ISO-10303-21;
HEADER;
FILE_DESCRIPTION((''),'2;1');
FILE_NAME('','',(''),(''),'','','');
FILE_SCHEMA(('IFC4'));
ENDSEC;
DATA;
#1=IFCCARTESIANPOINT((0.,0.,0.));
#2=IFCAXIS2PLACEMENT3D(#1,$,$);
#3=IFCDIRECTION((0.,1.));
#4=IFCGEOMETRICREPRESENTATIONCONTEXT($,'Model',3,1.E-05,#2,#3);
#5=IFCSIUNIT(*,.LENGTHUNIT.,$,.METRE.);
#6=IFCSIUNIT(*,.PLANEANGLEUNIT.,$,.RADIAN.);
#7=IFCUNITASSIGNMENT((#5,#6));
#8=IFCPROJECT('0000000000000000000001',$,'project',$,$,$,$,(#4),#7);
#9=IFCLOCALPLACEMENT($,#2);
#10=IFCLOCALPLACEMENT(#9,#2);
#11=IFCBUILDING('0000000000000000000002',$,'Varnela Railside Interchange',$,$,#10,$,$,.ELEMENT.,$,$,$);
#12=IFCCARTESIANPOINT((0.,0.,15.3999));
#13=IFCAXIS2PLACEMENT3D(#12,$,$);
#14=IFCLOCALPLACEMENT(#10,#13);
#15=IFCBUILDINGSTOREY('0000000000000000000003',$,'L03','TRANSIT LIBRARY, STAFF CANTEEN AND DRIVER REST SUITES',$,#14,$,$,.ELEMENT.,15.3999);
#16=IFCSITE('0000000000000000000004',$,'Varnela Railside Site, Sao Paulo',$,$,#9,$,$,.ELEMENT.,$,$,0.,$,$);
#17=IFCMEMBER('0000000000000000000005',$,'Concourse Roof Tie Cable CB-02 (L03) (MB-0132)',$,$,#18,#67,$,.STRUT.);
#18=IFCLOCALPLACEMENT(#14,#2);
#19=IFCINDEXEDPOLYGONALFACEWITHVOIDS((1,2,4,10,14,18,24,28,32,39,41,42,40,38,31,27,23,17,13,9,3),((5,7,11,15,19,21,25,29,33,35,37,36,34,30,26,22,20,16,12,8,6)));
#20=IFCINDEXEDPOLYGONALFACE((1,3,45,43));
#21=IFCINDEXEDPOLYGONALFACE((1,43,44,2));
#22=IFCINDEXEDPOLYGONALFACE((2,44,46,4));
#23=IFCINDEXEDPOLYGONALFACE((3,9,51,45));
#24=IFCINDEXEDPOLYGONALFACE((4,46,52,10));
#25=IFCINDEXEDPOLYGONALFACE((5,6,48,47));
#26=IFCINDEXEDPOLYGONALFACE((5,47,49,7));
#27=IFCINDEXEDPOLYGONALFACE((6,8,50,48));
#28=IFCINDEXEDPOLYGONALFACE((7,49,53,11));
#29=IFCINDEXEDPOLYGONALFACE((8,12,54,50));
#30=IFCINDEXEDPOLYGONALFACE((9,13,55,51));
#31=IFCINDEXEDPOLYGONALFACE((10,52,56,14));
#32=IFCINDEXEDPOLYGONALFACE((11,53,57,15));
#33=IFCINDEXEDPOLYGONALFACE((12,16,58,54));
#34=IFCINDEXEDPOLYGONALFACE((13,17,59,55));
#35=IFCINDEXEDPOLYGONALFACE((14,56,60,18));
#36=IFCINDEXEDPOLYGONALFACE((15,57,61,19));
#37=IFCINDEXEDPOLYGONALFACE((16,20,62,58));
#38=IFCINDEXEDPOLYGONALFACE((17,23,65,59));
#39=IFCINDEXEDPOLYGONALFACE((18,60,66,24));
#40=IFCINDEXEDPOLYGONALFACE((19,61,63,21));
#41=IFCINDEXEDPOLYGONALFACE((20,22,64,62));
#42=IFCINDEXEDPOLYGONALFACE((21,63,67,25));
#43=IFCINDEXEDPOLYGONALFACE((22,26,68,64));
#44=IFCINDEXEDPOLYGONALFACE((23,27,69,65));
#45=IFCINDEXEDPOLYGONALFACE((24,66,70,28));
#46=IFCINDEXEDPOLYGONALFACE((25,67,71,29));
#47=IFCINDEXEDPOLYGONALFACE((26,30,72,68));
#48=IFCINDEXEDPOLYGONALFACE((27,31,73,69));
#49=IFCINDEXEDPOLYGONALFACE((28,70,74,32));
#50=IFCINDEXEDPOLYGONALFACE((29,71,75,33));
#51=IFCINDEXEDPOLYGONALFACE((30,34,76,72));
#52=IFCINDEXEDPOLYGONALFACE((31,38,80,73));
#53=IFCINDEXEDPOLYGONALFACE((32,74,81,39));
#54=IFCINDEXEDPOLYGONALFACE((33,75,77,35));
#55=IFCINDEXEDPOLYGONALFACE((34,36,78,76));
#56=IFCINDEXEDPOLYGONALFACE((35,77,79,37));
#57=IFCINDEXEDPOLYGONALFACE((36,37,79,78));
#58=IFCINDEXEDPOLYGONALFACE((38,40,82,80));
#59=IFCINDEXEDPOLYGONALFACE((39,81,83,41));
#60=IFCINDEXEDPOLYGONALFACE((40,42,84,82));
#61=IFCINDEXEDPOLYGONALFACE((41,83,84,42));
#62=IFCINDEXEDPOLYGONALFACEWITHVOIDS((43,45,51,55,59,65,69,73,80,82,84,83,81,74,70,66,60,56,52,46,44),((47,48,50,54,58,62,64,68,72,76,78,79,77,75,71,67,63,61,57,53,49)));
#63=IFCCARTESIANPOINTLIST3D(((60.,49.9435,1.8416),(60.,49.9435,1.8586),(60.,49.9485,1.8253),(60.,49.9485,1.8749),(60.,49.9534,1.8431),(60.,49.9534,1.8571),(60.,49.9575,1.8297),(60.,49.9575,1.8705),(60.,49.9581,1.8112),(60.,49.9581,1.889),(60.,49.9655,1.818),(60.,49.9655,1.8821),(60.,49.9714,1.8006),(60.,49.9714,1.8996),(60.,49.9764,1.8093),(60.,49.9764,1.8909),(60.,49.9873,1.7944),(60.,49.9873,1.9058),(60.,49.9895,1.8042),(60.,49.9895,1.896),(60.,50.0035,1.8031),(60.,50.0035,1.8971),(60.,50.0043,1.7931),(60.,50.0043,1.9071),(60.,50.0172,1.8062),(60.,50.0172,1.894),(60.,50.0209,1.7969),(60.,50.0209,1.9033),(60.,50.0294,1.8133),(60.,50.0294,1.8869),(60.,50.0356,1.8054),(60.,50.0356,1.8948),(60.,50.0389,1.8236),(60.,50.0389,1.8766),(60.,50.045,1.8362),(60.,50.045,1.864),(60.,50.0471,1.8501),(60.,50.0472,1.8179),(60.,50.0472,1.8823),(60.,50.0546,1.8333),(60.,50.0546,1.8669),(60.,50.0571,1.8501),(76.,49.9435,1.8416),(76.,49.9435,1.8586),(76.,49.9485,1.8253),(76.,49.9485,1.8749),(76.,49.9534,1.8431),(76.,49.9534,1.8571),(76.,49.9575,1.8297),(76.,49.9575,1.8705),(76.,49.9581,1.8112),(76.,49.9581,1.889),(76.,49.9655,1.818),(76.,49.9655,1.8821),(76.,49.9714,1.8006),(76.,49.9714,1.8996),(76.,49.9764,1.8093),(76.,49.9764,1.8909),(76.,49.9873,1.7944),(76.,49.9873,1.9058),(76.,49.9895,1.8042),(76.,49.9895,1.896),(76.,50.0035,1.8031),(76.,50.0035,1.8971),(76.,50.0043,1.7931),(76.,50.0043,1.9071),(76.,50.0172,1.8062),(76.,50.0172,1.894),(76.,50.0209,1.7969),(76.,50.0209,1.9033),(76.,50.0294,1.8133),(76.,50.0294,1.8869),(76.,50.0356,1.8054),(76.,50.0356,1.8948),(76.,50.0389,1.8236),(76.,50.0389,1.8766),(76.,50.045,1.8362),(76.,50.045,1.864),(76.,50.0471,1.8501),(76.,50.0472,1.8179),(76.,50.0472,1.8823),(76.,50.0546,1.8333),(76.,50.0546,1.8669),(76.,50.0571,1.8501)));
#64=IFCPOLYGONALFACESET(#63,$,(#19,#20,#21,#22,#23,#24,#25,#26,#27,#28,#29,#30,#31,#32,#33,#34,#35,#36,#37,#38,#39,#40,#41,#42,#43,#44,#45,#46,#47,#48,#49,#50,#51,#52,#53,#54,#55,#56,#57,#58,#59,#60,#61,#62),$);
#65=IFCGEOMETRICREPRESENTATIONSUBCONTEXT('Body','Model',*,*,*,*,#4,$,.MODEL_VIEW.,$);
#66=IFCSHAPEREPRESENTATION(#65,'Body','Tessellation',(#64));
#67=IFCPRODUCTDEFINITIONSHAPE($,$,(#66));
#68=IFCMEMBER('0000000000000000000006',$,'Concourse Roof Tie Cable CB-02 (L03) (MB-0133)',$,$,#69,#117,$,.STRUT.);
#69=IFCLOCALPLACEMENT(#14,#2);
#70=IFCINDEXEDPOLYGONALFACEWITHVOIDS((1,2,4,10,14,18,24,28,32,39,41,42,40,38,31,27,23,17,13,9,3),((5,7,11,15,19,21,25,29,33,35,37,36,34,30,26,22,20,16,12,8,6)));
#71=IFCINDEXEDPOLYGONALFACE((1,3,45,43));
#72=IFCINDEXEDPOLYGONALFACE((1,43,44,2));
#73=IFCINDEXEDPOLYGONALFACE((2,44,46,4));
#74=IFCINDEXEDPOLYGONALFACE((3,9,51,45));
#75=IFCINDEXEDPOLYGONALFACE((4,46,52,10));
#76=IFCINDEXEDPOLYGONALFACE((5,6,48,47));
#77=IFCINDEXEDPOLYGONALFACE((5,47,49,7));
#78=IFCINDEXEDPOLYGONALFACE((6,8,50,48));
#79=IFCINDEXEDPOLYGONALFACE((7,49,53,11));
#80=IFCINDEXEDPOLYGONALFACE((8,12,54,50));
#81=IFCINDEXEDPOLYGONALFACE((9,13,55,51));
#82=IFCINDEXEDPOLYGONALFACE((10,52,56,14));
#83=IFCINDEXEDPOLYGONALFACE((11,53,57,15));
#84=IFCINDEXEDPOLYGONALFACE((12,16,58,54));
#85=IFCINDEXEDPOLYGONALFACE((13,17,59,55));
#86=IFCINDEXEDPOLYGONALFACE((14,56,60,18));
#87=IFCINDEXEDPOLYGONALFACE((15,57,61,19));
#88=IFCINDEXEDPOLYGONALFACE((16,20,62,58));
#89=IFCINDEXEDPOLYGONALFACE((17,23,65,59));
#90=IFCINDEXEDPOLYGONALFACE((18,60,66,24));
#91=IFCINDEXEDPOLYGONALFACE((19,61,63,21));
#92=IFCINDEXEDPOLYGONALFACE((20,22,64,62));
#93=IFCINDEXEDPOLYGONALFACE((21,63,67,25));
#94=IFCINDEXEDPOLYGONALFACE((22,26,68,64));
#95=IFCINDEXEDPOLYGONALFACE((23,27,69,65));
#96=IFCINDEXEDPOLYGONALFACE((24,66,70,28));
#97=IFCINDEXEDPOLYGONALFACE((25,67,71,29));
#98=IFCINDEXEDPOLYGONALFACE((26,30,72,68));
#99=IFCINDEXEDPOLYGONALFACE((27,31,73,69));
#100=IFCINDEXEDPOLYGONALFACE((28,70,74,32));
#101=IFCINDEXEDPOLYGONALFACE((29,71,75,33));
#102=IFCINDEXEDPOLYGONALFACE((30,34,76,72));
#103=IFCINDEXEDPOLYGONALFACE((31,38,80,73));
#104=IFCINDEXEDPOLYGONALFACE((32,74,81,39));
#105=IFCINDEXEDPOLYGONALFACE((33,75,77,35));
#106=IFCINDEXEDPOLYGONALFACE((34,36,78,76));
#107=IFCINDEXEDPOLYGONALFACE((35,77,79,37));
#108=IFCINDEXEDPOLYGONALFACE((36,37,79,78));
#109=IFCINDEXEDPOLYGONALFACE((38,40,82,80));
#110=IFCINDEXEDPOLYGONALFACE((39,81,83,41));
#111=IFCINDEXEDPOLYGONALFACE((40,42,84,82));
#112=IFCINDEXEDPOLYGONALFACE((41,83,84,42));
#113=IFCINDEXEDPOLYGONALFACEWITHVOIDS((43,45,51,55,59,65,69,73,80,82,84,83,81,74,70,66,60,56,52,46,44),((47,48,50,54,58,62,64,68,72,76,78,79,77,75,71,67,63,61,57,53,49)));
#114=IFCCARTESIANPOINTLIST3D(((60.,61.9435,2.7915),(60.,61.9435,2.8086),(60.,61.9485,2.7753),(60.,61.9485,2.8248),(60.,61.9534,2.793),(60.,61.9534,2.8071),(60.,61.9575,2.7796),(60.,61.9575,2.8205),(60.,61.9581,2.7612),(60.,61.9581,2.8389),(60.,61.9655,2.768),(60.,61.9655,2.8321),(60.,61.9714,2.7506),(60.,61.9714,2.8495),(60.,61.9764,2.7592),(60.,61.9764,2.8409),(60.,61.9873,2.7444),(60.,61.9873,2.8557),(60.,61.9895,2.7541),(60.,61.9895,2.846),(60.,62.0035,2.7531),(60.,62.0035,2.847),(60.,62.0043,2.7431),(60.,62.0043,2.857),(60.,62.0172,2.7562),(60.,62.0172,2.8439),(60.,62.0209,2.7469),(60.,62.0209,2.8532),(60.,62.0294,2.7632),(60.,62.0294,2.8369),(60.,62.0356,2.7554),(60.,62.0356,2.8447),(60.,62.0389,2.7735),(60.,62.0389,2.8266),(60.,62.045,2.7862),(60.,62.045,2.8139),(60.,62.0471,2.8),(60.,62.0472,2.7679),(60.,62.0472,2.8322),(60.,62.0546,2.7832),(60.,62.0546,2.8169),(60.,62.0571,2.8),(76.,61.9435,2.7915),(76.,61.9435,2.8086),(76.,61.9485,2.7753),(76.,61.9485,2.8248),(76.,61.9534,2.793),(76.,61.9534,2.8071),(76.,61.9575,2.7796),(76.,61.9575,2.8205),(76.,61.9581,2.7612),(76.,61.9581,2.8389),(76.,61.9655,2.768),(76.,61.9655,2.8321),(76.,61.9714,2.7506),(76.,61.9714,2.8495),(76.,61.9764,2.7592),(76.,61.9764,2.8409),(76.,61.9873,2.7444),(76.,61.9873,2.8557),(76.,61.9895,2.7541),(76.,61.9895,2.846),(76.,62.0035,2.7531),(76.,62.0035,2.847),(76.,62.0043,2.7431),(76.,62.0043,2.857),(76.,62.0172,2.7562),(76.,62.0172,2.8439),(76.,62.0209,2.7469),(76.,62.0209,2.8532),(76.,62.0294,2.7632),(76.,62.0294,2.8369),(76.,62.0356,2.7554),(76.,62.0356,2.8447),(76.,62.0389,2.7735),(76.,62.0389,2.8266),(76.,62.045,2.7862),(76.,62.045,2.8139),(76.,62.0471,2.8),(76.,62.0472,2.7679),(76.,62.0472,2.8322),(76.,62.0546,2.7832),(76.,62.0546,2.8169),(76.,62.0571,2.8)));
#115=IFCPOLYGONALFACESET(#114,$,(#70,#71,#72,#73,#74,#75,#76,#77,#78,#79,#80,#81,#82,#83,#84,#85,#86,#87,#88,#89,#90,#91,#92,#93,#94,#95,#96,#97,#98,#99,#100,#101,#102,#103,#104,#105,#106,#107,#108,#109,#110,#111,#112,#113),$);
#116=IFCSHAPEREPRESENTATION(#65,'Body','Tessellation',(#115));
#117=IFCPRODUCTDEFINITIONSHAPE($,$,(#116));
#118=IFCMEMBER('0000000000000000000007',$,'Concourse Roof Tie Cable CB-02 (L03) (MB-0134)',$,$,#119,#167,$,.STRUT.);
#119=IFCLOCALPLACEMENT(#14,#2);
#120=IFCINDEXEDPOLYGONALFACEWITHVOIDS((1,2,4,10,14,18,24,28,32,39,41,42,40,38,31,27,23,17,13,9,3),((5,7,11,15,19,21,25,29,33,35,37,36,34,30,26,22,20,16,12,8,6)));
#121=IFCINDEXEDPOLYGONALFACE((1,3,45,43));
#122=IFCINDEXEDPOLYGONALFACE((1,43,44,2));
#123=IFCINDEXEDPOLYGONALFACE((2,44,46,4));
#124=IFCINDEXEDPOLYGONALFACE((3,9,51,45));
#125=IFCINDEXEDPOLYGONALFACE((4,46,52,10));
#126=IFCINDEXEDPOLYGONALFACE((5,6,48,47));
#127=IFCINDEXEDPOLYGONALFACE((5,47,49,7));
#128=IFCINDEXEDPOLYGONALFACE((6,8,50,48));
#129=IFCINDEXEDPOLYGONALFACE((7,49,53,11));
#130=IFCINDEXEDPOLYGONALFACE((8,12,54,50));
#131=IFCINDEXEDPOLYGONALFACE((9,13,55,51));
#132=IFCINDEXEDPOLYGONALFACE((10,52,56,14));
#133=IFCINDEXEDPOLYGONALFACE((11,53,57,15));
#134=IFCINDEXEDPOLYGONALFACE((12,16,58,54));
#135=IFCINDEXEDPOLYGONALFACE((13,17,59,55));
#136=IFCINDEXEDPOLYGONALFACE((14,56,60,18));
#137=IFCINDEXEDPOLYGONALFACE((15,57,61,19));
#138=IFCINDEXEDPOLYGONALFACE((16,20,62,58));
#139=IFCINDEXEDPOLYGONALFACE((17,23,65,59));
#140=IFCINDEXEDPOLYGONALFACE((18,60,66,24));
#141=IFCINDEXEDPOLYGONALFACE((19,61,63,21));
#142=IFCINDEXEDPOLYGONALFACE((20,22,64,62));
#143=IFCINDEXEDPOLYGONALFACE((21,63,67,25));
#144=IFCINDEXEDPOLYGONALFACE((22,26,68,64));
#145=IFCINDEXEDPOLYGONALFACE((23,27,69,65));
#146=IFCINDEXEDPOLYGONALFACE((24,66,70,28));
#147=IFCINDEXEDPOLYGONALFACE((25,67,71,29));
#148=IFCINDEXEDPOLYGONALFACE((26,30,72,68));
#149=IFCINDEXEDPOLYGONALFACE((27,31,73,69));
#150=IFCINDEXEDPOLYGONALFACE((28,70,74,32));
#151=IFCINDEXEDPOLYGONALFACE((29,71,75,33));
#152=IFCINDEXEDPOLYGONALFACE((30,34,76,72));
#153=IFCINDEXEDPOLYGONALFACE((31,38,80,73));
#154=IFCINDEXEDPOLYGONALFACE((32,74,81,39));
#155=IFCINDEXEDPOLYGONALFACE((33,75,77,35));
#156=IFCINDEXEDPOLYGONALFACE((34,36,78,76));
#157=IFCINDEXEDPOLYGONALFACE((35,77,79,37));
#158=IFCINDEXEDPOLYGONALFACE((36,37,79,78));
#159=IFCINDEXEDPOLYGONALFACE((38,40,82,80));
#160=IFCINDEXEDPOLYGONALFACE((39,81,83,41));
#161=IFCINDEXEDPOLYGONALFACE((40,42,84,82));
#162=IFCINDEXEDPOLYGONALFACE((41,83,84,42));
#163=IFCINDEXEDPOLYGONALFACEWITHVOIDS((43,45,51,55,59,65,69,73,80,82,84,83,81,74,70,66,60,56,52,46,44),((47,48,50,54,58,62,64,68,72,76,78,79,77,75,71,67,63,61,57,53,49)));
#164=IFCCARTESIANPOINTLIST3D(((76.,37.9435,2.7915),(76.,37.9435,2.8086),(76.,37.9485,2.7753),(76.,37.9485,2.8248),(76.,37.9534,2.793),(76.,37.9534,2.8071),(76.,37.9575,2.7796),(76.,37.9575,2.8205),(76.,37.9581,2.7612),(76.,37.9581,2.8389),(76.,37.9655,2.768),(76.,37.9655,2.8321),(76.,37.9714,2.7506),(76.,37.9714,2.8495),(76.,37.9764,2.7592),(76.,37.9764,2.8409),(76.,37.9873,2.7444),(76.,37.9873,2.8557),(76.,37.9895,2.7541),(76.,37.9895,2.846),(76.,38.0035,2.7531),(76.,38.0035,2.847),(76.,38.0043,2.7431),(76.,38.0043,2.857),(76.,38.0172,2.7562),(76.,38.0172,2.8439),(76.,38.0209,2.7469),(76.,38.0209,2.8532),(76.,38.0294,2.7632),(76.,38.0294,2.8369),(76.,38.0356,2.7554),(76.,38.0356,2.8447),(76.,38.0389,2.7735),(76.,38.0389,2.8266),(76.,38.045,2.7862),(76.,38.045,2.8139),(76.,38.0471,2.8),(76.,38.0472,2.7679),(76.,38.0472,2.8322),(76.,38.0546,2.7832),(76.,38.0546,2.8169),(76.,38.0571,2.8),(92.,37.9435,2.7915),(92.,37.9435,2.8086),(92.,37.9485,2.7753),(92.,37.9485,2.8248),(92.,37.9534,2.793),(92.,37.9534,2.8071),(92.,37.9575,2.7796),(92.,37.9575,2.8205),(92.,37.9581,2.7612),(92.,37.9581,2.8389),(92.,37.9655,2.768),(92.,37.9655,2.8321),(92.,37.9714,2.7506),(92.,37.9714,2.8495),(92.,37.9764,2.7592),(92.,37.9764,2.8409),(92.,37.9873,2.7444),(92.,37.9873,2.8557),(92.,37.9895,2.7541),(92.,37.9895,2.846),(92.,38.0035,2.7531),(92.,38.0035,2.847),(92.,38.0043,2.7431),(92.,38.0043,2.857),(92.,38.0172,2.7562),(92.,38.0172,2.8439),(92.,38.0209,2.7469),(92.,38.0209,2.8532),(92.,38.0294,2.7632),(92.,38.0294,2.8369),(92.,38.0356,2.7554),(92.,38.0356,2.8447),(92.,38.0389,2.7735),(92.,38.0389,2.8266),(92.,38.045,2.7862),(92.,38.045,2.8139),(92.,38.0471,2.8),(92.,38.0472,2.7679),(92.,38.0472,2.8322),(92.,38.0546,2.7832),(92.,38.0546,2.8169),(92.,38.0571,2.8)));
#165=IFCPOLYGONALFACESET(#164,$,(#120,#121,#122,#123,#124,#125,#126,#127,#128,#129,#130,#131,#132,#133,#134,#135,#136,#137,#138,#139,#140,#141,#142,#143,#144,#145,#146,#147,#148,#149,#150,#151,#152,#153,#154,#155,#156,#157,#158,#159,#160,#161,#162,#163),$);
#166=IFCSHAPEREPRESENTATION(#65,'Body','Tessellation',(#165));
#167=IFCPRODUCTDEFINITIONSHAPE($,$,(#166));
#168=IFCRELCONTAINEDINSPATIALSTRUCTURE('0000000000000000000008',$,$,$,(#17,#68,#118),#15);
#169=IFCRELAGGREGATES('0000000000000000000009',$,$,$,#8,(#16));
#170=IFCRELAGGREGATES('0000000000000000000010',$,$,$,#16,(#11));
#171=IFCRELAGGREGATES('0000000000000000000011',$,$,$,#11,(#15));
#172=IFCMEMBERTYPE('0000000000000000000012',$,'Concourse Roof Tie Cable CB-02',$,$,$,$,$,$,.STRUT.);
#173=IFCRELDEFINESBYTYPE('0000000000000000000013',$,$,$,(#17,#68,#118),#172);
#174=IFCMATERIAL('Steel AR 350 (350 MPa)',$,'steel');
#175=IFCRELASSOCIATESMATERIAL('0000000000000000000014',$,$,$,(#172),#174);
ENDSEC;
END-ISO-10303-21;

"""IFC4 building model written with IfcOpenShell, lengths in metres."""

from ifc_helpers import new_model, si_unit, direction, frame, origin, origin_2d, place, context, subcontext, project, spatial, hollow_circle, extrude, material, material_profile, profile_set, type_object, element, save


model = new_model("IFC4")

# Units and contexts
model_context = context("Model", 3, precision=1e-05, world=origin(), true_north=direction((0.0, 1.0)))
body_context = subcontext(model_context, "Body", "Model", "MODEL_VIEW")
ifc_project = project(units=[si_unit("LENGTHUNIT", "METRE"), si_unit("PLANEANGLEUNIT", "RADIAN")], contexts=[model_context])

# Site, building, storey
site_placement = place(None, origin())
site = spatial("IfcSite", under=ifc_project, at=site_placement, Name="Varnela Railside Site, Sao Paulo", CompositionType="ELEMENT", RefElevation=0.0)
building_placement = place(site_placement, origin())
building = spatial("IfcBuilding", under=site, at=building_placement, Name="Varnela Railside Interchange", CompositionType="ELEMENT")
storey_placement = place(building_placement, frame((0.0, 0.0, 15.3999)))
storey = spatial("IfcBuildingStorey", under=building, at=storey_placement, Name="L03", Description="TRANSIT LIBRARY, STAFF CANTEEN AND DRIVER REST SUITES", CompositionType="ELEMENT", Elevation=15.3999)

# Members
ifc_material_1 = material(Name="Steel AR 350 (350 MPa)", Category="steel")
ifc_material_profile_1 = material_profile(ifc_material_1, hollow_circle(Radius=0.0571, WallThickness=0.01, at=origin_2d()), Name="CHS 114.3x10")
ifc_profile_set_1 = profile_set([ifc_material_profile_1], Name="Steel AR 350 (350 MPa)")
member_type_1 = type_object("IfcMemberType", Name="Concourse Roof Tie Cable CB-02", PredefinedType="STRUT", material=ifc_profile_set_1)
for number, where, z_axis, x_axis, name in (
    (1, (60.0, 50.0, 1.8501), (1.0, 0.0, 0.0), (0.0, 1.0, 0.0), "Concourse Roof Tie Cable CB-02 (L03) (MB-0132)"),
    (2, (60.0, 62.0, 2.8), (1.0, 0.0, 0.0), (0.0, 1.0, 0.0), "Concourse Roof Tie Cable CB-02 (L03) (MB-0133)"),
    (3, (76.0, 38.0, 2.8), (1.0, 0.0, 0.0), (0.0, 1.0, 0.0), "Concourse Roof Tie Cable CB-02 (L03) (MB-0134)"),
):
    element("IfcMember", number, at=place(storey_placement, frame(where, z_axis=z_axis, x_axis=x_axis)), inside=storey, type_object=member_type_1, Name=name, PredefinedType="STRUT", context=body_context, shape_type="SweptSolid", body=[
        extrude(hollow_circle(Radius=0.0571, WallThickness=0.01, at=origin_2d()), origin(), (0.0, 0.0, 1.0), 16.0),
    ])

save(model, "model.ifc")
